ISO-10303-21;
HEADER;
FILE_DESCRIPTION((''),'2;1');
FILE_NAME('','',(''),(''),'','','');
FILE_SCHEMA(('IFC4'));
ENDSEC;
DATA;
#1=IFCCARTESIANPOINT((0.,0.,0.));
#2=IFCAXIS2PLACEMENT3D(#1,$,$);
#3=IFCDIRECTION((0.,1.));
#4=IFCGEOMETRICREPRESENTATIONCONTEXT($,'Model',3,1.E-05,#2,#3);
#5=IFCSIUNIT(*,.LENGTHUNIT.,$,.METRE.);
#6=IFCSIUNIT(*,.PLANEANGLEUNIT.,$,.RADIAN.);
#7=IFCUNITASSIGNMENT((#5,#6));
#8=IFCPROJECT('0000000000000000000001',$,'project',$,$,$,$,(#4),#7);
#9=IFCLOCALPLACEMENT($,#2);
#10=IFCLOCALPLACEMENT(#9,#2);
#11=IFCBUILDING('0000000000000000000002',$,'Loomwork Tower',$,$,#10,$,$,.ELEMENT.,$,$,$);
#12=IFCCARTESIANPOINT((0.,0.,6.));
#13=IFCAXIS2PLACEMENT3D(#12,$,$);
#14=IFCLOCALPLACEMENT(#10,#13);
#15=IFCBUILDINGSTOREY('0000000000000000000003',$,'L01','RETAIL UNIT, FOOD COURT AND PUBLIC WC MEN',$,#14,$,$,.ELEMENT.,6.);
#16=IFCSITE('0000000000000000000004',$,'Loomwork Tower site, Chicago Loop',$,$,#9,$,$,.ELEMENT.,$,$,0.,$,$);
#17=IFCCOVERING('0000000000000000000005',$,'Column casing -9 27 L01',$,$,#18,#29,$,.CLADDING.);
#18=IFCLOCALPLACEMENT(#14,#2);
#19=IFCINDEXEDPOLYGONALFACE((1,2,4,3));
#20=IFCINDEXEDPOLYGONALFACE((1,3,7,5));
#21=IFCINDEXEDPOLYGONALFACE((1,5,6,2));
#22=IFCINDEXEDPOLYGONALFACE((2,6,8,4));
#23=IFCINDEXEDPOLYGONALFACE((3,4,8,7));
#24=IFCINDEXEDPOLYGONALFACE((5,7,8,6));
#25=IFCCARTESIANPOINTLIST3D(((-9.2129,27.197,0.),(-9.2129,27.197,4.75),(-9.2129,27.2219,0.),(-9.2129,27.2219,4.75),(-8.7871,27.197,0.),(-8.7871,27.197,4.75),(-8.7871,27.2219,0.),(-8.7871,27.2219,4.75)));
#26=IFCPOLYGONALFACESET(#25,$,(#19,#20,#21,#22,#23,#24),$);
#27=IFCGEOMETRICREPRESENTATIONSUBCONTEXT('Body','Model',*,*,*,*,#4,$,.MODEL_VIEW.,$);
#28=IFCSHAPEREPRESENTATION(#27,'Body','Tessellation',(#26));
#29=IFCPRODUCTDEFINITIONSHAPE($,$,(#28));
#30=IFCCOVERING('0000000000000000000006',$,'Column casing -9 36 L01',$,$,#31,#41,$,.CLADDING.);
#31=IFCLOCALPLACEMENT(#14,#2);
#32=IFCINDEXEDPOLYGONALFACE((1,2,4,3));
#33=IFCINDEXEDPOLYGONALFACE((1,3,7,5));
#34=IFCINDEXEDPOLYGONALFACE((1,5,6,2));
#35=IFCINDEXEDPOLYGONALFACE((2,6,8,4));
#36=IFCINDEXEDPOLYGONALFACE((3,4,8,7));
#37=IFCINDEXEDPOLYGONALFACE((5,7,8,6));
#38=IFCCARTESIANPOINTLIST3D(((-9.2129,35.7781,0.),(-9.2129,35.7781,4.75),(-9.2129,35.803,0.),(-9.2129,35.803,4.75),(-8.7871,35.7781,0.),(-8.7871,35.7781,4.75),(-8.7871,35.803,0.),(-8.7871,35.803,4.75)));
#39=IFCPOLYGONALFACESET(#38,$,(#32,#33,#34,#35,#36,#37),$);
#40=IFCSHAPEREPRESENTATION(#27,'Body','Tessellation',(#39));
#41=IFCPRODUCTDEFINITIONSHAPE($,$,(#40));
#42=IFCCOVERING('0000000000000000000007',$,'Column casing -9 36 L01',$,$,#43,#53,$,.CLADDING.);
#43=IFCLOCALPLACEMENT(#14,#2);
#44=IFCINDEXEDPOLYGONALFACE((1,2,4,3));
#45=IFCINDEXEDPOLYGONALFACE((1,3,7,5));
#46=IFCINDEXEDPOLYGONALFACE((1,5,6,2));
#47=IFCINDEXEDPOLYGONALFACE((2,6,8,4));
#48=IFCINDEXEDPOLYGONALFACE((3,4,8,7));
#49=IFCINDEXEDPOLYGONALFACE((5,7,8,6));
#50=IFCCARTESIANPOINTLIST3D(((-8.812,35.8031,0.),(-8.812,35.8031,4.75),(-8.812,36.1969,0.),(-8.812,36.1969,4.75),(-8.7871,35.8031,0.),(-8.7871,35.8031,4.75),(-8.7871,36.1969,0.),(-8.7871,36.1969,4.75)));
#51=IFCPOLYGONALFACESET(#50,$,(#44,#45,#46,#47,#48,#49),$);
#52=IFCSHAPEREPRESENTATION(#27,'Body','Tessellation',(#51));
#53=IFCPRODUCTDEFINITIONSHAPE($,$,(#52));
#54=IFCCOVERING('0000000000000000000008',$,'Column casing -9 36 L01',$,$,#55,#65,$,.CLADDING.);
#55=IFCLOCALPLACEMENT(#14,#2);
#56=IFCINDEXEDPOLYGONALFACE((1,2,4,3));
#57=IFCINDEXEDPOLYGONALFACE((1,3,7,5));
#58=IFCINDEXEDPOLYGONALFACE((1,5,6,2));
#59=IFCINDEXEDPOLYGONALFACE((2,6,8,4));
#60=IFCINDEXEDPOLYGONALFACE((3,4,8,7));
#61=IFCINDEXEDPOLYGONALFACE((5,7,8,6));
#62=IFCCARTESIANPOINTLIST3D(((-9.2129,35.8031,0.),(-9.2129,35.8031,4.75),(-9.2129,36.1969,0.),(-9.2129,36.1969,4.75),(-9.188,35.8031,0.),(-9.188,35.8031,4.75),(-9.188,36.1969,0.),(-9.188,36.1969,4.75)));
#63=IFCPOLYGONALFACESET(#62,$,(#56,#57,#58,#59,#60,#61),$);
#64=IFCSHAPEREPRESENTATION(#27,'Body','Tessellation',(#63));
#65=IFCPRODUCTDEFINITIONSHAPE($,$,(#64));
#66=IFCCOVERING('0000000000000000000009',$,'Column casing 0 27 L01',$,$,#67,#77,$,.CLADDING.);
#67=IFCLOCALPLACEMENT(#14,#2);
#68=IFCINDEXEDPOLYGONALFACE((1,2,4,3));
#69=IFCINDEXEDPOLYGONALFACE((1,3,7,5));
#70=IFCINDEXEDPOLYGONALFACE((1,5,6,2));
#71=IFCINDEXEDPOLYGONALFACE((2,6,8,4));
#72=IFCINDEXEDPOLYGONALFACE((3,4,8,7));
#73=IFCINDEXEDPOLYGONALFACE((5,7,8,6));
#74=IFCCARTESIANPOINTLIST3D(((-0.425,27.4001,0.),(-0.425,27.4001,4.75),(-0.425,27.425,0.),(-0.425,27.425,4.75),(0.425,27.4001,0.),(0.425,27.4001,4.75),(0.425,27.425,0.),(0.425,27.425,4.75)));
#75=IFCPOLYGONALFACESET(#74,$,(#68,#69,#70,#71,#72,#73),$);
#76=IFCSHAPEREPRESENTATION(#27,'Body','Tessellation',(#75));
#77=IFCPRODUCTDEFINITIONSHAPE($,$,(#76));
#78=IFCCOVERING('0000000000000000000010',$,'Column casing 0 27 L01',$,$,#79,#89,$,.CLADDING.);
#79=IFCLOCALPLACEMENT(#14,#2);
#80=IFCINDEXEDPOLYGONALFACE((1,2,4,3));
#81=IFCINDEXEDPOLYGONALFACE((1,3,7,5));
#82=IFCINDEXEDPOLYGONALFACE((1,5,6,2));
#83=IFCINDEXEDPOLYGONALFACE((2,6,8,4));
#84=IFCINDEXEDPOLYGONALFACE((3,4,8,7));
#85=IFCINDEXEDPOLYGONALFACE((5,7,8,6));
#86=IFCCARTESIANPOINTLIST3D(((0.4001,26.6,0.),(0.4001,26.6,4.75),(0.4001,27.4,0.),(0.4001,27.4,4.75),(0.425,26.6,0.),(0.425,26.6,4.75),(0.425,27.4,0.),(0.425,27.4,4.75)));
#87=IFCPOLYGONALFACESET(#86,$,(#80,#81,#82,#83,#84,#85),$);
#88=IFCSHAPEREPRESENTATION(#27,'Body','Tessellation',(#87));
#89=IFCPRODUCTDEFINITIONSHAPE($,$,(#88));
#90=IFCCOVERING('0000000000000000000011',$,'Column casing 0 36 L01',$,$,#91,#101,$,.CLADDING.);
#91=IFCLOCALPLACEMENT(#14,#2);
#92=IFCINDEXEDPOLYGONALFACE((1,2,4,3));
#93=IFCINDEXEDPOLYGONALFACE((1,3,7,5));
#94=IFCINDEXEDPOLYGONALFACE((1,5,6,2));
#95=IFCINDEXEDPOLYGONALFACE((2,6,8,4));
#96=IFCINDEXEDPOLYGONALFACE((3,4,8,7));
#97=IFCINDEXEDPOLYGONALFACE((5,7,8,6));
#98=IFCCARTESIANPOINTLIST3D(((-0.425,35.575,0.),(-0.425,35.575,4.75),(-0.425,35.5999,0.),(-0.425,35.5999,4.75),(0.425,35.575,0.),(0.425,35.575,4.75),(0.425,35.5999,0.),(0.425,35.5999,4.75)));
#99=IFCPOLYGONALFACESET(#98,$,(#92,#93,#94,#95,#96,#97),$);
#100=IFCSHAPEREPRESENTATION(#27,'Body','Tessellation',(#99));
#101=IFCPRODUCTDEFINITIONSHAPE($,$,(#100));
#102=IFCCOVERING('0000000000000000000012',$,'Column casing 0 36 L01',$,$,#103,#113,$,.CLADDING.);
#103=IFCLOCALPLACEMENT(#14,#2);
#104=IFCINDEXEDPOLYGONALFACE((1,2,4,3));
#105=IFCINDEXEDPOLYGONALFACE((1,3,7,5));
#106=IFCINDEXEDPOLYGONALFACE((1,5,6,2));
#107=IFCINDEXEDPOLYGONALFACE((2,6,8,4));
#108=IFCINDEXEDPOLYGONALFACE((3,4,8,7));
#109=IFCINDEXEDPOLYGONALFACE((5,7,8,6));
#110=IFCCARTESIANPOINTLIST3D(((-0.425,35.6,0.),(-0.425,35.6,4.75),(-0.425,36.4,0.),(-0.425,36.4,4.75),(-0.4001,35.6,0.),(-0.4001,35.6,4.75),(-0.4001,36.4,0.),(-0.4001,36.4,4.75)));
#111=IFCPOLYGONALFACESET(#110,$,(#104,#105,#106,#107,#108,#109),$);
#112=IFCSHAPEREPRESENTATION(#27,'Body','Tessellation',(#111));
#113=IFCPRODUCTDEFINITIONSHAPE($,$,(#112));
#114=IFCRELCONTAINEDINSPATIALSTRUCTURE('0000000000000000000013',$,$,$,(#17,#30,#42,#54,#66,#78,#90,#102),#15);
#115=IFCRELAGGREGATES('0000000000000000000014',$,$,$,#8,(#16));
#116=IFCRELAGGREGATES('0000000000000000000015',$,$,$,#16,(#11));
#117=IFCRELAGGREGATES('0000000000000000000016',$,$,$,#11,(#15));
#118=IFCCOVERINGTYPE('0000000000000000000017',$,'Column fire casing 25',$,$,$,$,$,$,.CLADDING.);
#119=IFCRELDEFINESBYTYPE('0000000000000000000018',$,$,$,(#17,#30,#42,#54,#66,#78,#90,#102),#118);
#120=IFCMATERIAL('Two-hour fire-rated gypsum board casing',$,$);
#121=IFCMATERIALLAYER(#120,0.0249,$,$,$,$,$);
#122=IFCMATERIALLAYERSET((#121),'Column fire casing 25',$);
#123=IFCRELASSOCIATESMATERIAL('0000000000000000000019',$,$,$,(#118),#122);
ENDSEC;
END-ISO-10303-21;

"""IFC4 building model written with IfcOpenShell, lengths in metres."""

from ifc_helpers import new_model, si_unit, direction, frame, origin, origin_2d, place, context, subcontext, project, spatial, rectangle, extrude, material, layer, layer_set, type_object, element, save


model = new_model("IFC4")

# Units and contexts
model_context = context("Model", 3, precision=1e-05, world=origin(), true_north=direction((0.0, 1.0)))
body_context = subcontext(model_context, "Body", "Model", "MODEL_VIEW")
ifc_project = project(units=[si_unit("LENGTHUNIT", "METRE"), si_unit("PLANEANGLEUNIT", "RADIAN")], contexts=[model_context])

# Site, building, storey
site_placement = place(None, origin())
site = spatial("IfcSite", under=ifc_project, at=site_placement, Name="Loomwork Tower site, Chicago Loop", CompositionType="ELEMENT", RefElevation=0.0)
building_placement = place(site_placement, origin())
building = spatial("IfcBuilding", under=site, at=building_placement, Name="Loomwork Tower", CompositionType="ELEMENT")
storey_placement = place(building_placement, frame((0.0, 0.0, 6.0)))
storey = spatial("IfcBuildingStorey", under=building, at=storey_placement, Name="L01", Description="RETAIL UNIT, FOOD COURT AND PUBLIC WC MEN", CompositionType="ELEMENT", Elevation=6.0)

# Coverings
ifc_material_1 = material(Name="Two-hour fire-rated gypsum board casing")
ifc_layer_1 = layer(ifc_material_1, 0.0249)
ifc_layer_set_1 = layer_set([ifc_layer_1], Name="Column fire casing 25")
covering_type = type_object("IfcCoveringType", Name="Column fire casing 25", PredefinedType="CLADDING", material=ifc_layer_set_1)
for number, where, z_axis, x_axis, name in (
    (1, (-9.0, 27.2095, 0.0), (0.0, 0.0, 1.0), (1.0, 0.0, 0.0), "Column casing -9 27 L01"),
    (2, (-9.0, 35.7905, 0.0), (0.0, 0.0, 1.0), (1.0, 0.0, 0.0), "Column casing -9 36 L01"),
):
    element("IfcCovering", number, at=place(storey_placement, frame(where, z_axis=z_axis, x_axis=x_axis)), inside=storey, type_object=covering_type, Name=name, PredefinedType="CLADDING", context=body_context, shape_type="SweptSolid", body=[
        extrude(rectangle(XDim=0.4258, YDim=0.0249, at=origin_2d()), origin(), (0.0, 0.0, 1.0), 4.75),
    ])
for number, where, z_axis, x_axis, name in (
    (3, (-8.7996, 36.0, 0.0), (0.0, 0.0, 1.0), (1.0, 0.0, 0.0), "Column casing -9 36 L01"),
    (4, (-9.2004, 36.0, 0.0), (0.0, 0.0, 1.0), (1.0, 0.0, 0.0), "Column casing -9 36 L01"),
):
    element("IfcCovering", number, at=place(storey_placement, frame(where, z_axis=z_axis, x_axis=x_axis)), inside=storey, type_object=covering_type, Name=name, PredefinedType="CLADDING", context=body_context, shape_type="SweptSolid", body=[
        extrude(rectangle(XDim=0.0249, YDim=0.3938, at=origin_2d()), origin(), (0.0, 0.0, 1.0), 4.75),
    ])
covering_1_placement = place(storey_placement, frame((0.0, 27.4126, 0.0), z_axis=(0.0, 0.0, 1.0), x_axis=(1.0, 0.0, 0.0)))
element("IfcCovering", 5, at=covering_1_placement, inside=storey, type_object=covering_type, Name="Column casing 0 27 L01", PredefinedType="CLADDING", context=body_context, shape_type="SweptSolid", body=[
    extrude(rectangle(XDim=0.8501, YDim=0.0249, at=origin_2d()), origin(), (0.0, 0.0, 1.0), 4.75),
])
covering_2_placement = place(storey_placement, frame((0.4126, 27.0, 0.0), z_axis=(0.0, 0.0, 1.0), x_axis=(1.0, 0.0, 0.0)))
element("IfcCovering", 6, at=covering_2_placement, inside=storey, type_object=covering_type, Name="Column casing 0 27 L01", PredefinedType="CLADDING", context=body_context, shape_type="SweptSolid", body=[
    extrude(rectangle(XDim=0.0249, YDim=0.8, at=origin_2d()), origin(), (0.0, 0.0, 1.0), 4.75),
])
covering_3_placement = place(storey_placement, frame((0.0, 35.5874, 0.0), z_axis=(0.0, 0.0, 1.0), x_axis=(1.0, 0.0, 0.0)))
element("IfcCovering", 7, at=covering_3_placement, inside=storey, type_object=covering_type, Name="Column casing 0 36 L01", PredefinedType="CLADDING", context=body_context, shape_type="SweptSolid", body=[
    extrude(rectangle(XDim=0.8501, YDim=0.0249, at=origin_2d()), origin(), (0.0, 0.0, 1.0), 4.75),
])
covering_4_placement = place(storey_placement, frame((-0.4126, 36.0, 0.0), z_axis=(0.0, 0.0, 1.0), x_axis=(1.0, 0.0, 0.0)))
element("IfcCovering", 8, at=covering_4_placement, inside=storey, type_object=covering_type, Name="Column casing 0 36 L01", PredefinedType="CLADDING", context=body_context, shape_type="SweptSolid", body=[
    extrude(rectangle(XDim=0.0249, YDim=0.8, at=origin_2d()), origin(), (0.0, 0.0, 1.0), 4.75),
])

save(model, "model.ifc")
